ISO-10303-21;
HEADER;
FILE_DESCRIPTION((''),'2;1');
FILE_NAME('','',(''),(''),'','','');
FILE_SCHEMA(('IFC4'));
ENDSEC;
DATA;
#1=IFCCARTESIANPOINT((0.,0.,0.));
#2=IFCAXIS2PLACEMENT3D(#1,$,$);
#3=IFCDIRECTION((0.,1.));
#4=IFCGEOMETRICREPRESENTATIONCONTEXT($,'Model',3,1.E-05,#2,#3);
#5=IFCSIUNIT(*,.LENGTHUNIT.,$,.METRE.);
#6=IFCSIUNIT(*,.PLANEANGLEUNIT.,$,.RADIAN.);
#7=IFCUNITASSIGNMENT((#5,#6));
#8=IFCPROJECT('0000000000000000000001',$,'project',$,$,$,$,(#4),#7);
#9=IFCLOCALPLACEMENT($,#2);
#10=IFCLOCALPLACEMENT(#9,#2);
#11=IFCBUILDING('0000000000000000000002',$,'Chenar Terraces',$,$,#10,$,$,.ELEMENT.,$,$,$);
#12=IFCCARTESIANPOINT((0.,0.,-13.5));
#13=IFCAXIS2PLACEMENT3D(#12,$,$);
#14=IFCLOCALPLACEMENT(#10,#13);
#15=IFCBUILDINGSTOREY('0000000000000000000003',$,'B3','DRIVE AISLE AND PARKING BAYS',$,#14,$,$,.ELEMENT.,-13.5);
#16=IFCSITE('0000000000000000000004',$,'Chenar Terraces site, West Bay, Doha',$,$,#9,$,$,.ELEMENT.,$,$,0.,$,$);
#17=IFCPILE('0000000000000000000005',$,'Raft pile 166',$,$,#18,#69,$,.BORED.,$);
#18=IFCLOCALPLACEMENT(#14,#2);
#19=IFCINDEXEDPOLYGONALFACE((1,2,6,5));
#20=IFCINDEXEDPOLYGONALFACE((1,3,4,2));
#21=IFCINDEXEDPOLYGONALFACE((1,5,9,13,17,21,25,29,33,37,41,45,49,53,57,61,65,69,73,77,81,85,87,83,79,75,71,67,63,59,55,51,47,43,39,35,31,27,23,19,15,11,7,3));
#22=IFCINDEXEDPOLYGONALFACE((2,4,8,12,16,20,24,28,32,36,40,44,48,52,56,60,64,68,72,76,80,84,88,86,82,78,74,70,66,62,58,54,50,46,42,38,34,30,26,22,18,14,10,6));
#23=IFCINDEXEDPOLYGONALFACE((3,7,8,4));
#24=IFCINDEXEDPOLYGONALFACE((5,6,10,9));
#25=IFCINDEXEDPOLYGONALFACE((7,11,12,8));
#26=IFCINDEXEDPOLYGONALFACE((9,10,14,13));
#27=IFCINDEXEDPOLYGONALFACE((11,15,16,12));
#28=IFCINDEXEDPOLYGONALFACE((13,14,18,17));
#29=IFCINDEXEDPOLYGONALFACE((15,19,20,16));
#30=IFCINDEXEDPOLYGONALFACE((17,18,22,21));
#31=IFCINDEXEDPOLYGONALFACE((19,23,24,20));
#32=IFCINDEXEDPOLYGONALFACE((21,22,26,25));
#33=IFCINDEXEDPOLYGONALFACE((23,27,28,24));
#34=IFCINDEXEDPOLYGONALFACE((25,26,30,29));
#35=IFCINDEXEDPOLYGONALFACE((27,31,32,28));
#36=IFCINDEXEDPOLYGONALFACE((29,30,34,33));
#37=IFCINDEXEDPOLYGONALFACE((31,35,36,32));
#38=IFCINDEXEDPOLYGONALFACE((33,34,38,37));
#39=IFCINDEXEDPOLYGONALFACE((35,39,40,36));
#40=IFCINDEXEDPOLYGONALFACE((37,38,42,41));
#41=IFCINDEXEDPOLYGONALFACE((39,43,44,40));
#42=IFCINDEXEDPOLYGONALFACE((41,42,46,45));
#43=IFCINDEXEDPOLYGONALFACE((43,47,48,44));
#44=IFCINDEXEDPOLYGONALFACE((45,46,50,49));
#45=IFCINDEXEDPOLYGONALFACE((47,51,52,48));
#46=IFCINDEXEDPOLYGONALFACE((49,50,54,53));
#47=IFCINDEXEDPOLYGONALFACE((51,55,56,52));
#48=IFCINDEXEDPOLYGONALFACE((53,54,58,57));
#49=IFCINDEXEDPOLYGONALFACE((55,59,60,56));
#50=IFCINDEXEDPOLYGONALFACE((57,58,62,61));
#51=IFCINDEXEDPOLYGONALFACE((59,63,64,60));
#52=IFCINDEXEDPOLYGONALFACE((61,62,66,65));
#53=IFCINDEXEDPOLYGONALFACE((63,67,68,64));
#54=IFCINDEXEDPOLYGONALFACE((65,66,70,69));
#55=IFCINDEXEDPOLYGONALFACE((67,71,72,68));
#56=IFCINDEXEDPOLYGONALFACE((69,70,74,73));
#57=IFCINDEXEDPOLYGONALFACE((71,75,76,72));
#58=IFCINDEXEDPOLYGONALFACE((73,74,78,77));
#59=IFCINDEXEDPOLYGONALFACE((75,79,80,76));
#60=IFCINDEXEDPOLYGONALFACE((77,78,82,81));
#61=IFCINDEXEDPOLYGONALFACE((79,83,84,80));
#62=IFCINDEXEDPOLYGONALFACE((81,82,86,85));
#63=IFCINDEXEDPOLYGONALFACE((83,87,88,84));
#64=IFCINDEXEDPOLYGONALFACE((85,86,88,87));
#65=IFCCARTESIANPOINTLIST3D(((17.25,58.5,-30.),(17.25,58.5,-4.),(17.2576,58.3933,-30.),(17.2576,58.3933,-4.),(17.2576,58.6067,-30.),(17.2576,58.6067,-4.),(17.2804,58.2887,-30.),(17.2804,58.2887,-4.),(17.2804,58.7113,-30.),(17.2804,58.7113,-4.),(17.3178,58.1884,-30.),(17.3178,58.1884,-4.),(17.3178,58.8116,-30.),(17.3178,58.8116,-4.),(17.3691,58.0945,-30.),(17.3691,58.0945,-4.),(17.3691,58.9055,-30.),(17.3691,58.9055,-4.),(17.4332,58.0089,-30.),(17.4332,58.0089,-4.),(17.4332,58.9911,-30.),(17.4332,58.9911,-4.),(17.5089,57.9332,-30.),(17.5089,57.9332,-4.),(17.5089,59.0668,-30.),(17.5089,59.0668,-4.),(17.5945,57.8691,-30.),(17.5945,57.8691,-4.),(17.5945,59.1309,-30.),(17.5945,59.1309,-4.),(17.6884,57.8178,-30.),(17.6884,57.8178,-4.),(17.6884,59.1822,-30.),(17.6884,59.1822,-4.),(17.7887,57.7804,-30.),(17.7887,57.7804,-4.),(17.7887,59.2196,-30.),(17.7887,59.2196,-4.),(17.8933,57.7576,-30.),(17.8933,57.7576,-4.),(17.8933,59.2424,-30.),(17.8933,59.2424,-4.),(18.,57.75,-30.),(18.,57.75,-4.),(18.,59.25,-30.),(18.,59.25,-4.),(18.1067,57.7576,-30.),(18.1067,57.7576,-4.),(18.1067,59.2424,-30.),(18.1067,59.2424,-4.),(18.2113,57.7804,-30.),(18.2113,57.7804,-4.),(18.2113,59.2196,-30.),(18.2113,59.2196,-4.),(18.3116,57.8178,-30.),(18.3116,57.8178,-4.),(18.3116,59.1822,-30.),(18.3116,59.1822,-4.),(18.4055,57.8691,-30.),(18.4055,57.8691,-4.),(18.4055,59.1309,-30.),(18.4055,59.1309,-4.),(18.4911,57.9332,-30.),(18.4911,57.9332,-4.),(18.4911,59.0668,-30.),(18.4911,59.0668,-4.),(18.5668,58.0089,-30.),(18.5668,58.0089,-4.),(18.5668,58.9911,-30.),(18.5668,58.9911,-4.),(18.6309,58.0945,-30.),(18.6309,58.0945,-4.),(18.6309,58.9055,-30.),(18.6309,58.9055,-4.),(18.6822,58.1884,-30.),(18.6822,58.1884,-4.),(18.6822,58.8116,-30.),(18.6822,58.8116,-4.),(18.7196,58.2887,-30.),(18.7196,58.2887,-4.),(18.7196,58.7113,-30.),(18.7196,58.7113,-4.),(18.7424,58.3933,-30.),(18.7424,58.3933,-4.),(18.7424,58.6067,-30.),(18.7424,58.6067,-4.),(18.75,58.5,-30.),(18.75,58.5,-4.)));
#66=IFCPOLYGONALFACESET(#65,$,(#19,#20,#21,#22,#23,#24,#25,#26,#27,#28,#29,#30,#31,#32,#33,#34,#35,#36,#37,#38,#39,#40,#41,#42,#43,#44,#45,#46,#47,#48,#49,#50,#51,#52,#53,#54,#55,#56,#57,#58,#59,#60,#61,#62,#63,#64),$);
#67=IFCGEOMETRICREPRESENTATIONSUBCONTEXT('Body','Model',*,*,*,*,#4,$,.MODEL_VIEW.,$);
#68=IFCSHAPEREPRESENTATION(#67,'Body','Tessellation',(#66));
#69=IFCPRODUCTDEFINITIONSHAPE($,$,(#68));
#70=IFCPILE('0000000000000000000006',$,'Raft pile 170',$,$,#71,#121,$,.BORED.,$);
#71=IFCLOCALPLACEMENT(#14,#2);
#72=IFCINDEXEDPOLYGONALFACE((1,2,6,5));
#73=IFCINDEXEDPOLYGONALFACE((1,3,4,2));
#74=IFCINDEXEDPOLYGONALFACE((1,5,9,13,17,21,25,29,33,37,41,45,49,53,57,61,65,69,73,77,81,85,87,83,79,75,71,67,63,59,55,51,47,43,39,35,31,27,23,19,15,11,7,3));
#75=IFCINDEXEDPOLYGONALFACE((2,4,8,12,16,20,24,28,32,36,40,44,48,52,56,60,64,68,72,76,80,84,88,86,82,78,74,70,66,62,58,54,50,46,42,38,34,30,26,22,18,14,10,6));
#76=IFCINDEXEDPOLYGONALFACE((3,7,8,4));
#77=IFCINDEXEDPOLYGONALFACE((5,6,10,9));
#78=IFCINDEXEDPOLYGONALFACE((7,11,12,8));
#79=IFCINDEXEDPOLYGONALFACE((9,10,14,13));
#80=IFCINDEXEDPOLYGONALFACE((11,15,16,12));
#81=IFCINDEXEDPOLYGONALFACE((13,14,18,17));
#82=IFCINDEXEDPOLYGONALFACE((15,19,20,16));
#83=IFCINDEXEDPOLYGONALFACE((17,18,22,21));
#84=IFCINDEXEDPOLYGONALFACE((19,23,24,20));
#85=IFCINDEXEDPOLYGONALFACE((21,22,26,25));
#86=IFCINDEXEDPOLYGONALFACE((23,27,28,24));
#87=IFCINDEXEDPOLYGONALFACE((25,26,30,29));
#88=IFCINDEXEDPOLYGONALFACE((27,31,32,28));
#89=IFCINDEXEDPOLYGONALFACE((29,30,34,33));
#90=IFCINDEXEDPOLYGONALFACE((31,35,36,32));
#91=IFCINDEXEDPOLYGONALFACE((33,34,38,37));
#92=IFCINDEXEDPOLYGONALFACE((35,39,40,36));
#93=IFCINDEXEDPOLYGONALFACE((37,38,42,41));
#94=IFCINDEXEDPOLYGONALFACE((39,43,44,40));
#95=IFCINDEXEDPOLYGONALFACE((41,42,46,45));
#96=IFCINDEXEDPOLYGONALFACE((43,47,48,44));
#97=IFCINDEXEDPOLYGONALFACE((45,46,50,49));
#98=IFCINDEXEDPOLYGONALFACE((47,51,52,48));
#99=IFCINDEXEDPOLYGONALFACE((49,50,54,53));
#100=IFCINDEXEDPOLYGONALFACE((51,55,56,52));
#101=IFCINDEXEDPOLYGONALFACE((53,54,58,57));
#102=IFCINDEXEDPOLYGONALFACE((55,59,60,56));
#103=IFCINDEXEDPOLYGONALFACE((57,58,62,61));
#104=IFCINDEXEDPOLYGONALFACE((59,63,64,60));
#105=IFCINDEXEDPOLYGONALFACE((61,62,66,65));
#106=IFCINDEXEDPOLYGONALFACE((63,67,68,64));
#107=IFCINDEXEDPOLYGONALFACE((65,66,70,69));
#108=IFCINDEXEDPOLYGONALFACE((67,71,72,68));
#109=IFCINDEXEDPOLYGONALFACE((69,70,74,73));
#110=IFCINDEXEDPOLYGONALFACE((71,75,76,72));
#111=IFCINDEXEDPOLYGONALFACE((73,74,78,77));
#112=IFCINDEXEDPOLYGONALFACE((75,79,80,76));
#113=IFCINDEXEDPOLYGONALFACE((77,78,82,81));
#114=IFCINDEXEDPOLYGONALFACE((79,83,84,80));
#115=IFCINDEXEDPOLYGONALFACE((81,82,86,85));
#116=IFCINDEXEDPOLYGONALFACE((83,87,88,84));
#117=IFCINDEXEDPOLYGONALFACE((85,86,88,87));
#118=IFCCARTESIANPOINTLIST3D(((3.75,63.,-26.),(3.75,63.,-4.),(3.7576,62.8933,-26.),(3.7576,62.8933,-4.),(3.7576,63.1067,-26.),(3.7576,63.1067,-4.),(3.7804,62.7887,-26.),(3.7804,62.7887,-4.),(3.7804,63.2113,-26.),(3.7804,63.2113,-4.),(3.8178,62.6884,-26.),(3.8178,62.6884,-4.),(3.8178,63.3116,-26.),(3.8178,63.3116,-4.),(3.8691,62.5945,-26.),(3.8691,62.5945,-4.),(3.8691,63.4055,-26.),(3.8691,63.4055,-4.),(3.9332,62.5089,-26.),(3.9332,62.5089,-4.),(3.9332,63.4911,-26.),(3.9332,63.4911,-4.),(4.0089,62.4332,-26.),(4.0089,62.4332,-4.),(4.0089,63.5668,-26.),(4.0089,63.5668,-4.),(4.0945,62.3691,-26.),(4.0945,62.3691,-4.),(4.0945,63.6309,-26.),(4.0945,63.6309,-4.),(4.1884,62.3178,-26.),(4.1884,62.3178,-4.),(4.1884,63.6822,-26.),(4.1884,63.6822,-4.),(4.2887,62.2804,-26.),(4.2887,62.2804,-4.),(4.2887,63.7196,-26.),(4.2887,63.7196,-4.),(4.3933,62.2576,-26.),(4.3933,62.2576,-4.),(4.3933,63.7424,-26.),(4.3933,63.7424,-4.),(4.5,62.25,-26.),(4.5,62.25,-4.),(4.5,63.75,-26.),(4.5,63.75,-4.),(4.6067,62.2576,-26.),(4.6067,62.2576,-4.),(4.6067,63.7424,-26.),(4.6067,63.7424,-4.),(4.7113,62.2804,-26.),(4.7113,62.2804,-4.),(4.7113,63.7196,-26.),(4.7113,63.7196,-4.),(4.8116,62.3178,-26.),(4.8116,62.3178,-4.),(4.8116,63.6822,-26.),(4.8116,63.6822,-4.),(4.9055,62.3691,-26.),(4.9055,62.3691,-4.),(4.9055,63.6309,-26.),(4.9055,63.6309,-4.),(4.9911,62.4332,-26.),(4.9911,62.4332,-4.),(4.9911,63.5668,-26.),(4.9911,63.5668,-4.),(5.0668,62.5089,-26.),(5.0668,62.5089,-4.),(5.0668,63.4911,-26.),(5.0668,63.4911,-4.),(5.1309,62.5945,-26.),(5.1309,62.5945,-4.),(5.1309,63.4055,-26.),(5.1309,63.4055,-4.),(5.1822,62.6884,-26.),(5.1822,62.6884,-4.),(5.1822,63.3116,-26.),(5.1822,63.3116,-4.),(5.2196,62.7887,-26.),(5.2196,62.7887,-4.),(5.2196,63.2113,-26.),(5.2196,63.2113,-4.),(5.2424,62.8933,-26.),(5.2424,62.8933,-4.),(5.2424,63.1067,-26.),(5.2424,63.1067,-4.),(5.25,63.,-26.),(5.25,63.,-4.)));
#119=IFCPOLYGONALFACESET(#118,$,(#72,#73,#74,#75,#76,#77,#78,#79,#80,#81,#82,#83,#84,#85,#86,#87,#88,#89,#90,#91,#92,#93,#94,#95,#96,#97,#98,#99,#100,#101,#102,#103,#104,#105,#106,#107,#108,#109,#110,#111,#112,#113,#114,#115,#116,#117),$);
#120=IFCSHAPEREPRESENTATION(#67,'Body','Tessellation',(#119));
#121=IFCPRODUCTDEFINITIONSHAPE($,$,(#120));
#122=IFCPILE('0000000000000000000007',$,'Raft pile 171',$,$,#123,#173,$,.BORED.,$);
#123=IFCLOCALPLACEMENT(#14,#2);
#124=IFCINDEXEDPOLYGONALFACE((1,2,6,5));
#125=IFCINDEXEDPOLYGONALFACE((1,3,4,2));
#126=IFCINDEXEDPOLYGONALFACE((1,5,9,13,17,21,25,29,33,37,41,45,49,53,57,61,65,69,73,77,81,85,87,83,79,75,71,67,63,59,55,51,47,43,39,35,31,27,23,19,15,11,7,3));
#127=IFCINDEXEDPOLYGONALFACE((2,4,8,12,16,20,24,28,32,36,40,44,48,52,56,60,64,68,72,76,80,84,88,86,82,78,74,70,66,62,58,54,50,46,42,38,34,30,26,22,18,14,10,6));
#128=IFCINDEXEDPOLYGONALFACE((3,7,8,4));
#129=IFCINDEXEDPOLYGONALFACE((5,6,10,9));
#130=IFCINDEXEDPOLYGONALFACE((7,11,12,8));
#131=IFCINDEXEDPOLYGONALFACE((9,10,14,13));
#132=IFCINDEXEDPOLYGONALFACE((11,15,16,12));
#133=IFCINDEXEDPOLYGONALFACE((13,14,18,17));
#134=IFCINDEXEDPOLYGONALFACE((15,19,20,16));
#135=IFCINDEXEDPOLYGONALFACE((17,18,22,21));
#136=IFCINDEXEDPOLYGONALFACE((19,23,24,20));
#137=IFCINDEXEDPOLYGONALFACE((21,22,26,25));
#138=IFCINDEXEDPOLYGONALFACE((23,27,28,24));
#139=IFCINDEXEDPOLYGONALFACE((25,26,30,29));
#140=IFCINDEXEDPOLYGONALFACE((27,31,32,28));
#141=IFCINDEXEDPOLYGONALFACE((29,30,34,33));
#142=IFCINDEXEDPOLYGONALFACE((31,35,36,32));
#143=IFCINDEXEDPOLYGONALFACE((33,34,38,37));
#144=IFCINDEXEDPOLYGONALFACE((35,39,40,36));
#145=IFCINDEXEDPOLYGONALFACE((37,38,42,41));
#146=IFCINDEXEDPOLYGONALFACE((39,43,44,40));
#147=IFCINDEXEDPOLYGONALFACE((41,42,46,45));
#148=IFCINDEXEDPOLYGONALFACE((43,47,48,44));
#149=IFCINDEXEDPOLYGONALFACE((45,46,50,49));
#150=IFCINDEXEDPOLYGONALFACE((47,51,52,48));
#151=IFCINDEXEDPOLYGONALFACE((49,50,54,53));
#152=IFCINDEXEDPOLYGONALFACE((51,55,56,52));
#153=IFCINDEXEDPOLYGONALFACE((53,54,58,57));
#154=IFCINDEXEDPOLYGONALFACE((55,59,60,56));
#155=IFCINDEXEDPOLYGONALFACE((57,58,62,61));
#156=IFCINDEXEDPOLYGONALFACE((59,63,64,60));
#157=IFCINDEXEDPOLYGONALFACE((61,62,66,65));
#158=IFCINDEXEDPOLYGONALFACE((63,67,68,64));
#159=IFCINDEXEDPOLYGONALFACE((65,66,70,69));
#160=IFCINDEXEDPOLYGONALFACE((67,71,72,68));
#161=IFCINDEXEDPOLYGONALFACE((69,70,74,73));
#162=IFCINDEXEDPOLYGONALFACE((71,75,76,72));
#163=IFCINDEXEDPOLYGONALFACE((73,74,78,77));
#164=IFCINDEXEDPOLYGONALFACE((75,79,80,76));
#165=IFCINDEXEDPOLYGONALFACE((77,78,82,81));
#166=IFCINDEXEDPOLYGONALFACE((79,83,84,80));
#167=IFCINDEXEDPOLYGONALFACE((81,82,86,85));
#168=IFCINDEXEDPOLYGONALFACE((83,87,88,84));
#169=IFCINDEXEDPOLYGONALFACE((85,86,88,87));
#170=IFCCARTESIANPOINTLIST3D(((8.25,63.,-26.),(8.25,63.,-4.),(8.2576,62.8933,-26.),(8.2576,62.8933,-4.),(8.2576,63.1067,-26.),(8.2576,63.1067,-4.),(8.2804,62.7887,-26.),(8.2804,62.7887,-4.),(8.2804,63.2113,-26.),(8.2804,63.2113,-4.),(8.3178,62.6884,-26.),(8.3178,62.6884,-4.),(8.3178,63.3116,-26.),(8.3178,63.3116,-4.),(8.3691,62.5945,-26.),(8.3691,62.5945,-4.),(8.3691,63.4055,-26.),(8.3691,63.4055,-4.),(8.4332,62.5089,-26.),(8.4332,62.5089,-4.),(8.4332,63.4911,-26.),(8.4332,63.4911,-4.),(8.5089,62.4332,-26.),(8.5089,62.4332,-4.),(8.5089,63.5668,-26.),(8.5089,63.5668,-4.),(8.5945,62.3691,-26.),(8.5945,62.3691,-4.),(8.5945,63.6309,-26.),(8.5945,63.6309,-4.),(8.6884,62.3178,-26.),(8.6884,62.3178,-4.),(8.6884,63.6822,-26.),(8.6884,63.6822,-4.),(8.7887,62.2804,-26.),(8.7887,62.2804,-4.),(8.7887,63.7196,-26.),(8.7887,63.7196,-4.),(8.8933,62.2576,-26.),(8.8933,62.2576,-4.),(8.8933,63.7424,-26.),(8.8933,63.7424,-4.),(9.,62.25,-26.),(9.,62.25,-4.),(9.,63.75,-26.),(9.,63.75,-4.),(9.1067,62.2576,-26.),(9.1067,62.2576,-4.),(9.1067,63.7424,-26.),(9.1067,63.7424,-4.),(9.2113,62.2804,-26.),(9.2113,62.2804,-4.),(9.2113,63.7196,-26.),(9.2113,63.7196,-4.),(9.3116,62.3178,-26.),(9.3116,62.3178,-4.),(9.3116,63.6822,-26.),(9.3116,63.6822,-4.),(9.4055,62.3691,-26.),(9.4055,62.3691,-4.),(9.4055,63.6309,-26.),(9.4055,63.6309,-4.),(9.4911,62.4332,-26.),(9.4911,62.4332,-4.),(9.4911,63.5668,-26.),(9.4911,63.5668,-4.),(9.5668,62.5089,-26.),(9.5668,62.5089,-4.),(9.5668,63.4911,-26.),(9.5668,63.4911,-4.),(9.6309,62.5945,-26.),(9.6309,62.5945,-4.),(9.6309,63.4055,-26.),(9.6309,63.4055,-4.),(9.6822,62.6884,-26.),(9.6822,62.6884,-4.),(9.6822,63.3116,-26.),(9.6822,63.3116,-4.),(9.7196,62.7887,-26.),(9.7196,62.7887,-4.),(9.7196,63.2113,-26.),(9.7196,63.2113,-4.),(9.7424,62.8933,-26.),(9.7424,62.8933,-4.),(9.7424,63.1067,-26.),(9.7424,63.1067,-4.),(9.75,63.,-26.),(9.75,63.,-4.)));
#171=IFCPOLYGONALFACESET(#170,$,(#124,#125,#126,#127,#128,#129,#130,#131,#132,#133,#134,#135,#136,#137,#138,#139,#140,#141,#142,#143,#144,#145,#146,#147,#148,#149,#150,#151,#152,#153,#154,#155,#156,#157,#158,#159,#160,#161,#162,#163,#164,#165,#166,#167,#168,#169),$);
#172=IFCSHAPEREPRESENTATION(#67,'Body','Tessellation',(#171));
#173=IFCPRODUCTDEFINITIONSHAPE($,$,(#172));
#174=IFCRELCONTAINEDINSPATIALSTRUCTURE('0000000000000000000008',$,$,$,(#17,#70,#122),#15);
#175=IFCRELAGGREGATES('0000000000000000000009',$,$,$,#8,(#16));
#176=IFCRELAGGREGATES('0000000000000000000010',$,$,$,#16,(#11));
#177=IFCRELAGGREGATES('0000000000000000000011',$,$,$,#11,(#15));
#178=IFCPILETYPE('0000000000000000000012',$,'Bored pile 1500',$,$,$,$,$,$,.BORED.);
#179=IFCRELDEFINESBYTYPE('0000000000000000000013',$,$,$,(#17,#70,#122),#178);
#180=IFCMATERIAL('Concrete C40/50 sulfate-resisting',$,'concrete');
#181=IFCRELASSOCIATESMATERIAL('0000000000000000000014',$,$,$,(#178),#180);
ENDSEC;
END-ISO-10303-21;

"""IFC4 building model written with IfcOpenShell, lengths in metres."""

from ifc_helpers import new_model, si_unit, direction, frame, origin, origin_2d, place, context, subcontext, project, spatial, circle, extrude, material, material_profile, profile_set, type_object, element, save


model = new_model("IFC4")

# Units and contexts
model_context = context("Model", 3, precision=1e-05, world=origin(), true_north=direction((0.0, 1.0)))
body_context = subcontext(model_context, "Body", "Model", "MODEL_VIEW")
ifc_project = project(units=[si_unit("LENGTHUNIT", "METRE"), si_unit("PLANEANGLEUNIT", "RADIAN")], contexts=[model_context])

# Site, building, storey
site_placement = place(None, origin())
site = spatial("IfcSite", under=ifc_project, at=site_placement, Name="Chenar Terraces site, West Bay, Doha", CompositionType="ELEMENT", RefElevation=0.0)
building_placement = place(site_placement, origin())
building = spatial("IfcBuilding", under=site, at=building_placement, Name="Chenar Terraces", CompositionType="ELEMENT")
storey_placement = place(building_placement, frame((0.0, 0.0, -13.5)))
storey = spatial("IfcBuildingStorey", under=building, at=storey_placement, Name="B3", Description="DRIVE AISLE AND PARKING BAYS", CompositionType="ELEMENT", Elevation=-13.5)

# Piles
ifc_material_1 = material(Name="Concrete C40/50 sulfate-resisting", Category="concrete")
ifc_material_profile_1 = material_profile(ifc_material_1, circle(Radius=0.75, at=origin_2d()), Name="BP 1500")
ifc_profile_set_1 = profile_set([ifc_material_profile_1], Name="Concrete C40/50 sulfate-resisting")
pile_type_1 = type_object("IfcPileType", Name="Bored pile 1500", PredefinedType="BORED", material=ifc_profile_set_1)
for number, where, z_axis, x_axis, name in (
    (1, (18.0, 58.5, -4.0), (0.0, 0.0, -1.0), (1.0, 0.0, 0.0), "Raft pile 166"),
):
    element("IfcPile", number, at=place(storey_placement, frame(where, z_axis=z_axis, x_axis=x_axis)), inside=storey, type_object=pile_type_1, Name=name, PredefinedType="BORED", context=body_context, shape_type="SweptSolid", body=[
        extrude(circle(Radius=0.75, at=origin_2d()), origin(), (0.0, 0.0, 1.0), 26.0),
    ])
for number, where, z_axis, x_axis, name in (
    (2, (4.5, 63.0, -4.0), (0.0, 0.0, -1.0), (1.0, 0.0, 0.0), "Raft pile 170"),
    (3, (9.0, 63.0, -4.0), (0.0, 0.0, -1.0), (1.0, 0.0, 0.0), "Raft pile 171"),
):
    element("IfcPile", number, at=place(storey_placement, frame(where, z_axis=z_axis, x_axis=x_axis)), inside=storey, type_object=pile_type_1, Name=name, PredefinedType="BORED", context=body_context, shape_type="SweptSolid", body=[
        extrude(circle(Radius=0.75, at=origin_2d()), origin(), (0.0, 0.0, 1.0), 22.0),
    ])

save(model, "model.ifc")
